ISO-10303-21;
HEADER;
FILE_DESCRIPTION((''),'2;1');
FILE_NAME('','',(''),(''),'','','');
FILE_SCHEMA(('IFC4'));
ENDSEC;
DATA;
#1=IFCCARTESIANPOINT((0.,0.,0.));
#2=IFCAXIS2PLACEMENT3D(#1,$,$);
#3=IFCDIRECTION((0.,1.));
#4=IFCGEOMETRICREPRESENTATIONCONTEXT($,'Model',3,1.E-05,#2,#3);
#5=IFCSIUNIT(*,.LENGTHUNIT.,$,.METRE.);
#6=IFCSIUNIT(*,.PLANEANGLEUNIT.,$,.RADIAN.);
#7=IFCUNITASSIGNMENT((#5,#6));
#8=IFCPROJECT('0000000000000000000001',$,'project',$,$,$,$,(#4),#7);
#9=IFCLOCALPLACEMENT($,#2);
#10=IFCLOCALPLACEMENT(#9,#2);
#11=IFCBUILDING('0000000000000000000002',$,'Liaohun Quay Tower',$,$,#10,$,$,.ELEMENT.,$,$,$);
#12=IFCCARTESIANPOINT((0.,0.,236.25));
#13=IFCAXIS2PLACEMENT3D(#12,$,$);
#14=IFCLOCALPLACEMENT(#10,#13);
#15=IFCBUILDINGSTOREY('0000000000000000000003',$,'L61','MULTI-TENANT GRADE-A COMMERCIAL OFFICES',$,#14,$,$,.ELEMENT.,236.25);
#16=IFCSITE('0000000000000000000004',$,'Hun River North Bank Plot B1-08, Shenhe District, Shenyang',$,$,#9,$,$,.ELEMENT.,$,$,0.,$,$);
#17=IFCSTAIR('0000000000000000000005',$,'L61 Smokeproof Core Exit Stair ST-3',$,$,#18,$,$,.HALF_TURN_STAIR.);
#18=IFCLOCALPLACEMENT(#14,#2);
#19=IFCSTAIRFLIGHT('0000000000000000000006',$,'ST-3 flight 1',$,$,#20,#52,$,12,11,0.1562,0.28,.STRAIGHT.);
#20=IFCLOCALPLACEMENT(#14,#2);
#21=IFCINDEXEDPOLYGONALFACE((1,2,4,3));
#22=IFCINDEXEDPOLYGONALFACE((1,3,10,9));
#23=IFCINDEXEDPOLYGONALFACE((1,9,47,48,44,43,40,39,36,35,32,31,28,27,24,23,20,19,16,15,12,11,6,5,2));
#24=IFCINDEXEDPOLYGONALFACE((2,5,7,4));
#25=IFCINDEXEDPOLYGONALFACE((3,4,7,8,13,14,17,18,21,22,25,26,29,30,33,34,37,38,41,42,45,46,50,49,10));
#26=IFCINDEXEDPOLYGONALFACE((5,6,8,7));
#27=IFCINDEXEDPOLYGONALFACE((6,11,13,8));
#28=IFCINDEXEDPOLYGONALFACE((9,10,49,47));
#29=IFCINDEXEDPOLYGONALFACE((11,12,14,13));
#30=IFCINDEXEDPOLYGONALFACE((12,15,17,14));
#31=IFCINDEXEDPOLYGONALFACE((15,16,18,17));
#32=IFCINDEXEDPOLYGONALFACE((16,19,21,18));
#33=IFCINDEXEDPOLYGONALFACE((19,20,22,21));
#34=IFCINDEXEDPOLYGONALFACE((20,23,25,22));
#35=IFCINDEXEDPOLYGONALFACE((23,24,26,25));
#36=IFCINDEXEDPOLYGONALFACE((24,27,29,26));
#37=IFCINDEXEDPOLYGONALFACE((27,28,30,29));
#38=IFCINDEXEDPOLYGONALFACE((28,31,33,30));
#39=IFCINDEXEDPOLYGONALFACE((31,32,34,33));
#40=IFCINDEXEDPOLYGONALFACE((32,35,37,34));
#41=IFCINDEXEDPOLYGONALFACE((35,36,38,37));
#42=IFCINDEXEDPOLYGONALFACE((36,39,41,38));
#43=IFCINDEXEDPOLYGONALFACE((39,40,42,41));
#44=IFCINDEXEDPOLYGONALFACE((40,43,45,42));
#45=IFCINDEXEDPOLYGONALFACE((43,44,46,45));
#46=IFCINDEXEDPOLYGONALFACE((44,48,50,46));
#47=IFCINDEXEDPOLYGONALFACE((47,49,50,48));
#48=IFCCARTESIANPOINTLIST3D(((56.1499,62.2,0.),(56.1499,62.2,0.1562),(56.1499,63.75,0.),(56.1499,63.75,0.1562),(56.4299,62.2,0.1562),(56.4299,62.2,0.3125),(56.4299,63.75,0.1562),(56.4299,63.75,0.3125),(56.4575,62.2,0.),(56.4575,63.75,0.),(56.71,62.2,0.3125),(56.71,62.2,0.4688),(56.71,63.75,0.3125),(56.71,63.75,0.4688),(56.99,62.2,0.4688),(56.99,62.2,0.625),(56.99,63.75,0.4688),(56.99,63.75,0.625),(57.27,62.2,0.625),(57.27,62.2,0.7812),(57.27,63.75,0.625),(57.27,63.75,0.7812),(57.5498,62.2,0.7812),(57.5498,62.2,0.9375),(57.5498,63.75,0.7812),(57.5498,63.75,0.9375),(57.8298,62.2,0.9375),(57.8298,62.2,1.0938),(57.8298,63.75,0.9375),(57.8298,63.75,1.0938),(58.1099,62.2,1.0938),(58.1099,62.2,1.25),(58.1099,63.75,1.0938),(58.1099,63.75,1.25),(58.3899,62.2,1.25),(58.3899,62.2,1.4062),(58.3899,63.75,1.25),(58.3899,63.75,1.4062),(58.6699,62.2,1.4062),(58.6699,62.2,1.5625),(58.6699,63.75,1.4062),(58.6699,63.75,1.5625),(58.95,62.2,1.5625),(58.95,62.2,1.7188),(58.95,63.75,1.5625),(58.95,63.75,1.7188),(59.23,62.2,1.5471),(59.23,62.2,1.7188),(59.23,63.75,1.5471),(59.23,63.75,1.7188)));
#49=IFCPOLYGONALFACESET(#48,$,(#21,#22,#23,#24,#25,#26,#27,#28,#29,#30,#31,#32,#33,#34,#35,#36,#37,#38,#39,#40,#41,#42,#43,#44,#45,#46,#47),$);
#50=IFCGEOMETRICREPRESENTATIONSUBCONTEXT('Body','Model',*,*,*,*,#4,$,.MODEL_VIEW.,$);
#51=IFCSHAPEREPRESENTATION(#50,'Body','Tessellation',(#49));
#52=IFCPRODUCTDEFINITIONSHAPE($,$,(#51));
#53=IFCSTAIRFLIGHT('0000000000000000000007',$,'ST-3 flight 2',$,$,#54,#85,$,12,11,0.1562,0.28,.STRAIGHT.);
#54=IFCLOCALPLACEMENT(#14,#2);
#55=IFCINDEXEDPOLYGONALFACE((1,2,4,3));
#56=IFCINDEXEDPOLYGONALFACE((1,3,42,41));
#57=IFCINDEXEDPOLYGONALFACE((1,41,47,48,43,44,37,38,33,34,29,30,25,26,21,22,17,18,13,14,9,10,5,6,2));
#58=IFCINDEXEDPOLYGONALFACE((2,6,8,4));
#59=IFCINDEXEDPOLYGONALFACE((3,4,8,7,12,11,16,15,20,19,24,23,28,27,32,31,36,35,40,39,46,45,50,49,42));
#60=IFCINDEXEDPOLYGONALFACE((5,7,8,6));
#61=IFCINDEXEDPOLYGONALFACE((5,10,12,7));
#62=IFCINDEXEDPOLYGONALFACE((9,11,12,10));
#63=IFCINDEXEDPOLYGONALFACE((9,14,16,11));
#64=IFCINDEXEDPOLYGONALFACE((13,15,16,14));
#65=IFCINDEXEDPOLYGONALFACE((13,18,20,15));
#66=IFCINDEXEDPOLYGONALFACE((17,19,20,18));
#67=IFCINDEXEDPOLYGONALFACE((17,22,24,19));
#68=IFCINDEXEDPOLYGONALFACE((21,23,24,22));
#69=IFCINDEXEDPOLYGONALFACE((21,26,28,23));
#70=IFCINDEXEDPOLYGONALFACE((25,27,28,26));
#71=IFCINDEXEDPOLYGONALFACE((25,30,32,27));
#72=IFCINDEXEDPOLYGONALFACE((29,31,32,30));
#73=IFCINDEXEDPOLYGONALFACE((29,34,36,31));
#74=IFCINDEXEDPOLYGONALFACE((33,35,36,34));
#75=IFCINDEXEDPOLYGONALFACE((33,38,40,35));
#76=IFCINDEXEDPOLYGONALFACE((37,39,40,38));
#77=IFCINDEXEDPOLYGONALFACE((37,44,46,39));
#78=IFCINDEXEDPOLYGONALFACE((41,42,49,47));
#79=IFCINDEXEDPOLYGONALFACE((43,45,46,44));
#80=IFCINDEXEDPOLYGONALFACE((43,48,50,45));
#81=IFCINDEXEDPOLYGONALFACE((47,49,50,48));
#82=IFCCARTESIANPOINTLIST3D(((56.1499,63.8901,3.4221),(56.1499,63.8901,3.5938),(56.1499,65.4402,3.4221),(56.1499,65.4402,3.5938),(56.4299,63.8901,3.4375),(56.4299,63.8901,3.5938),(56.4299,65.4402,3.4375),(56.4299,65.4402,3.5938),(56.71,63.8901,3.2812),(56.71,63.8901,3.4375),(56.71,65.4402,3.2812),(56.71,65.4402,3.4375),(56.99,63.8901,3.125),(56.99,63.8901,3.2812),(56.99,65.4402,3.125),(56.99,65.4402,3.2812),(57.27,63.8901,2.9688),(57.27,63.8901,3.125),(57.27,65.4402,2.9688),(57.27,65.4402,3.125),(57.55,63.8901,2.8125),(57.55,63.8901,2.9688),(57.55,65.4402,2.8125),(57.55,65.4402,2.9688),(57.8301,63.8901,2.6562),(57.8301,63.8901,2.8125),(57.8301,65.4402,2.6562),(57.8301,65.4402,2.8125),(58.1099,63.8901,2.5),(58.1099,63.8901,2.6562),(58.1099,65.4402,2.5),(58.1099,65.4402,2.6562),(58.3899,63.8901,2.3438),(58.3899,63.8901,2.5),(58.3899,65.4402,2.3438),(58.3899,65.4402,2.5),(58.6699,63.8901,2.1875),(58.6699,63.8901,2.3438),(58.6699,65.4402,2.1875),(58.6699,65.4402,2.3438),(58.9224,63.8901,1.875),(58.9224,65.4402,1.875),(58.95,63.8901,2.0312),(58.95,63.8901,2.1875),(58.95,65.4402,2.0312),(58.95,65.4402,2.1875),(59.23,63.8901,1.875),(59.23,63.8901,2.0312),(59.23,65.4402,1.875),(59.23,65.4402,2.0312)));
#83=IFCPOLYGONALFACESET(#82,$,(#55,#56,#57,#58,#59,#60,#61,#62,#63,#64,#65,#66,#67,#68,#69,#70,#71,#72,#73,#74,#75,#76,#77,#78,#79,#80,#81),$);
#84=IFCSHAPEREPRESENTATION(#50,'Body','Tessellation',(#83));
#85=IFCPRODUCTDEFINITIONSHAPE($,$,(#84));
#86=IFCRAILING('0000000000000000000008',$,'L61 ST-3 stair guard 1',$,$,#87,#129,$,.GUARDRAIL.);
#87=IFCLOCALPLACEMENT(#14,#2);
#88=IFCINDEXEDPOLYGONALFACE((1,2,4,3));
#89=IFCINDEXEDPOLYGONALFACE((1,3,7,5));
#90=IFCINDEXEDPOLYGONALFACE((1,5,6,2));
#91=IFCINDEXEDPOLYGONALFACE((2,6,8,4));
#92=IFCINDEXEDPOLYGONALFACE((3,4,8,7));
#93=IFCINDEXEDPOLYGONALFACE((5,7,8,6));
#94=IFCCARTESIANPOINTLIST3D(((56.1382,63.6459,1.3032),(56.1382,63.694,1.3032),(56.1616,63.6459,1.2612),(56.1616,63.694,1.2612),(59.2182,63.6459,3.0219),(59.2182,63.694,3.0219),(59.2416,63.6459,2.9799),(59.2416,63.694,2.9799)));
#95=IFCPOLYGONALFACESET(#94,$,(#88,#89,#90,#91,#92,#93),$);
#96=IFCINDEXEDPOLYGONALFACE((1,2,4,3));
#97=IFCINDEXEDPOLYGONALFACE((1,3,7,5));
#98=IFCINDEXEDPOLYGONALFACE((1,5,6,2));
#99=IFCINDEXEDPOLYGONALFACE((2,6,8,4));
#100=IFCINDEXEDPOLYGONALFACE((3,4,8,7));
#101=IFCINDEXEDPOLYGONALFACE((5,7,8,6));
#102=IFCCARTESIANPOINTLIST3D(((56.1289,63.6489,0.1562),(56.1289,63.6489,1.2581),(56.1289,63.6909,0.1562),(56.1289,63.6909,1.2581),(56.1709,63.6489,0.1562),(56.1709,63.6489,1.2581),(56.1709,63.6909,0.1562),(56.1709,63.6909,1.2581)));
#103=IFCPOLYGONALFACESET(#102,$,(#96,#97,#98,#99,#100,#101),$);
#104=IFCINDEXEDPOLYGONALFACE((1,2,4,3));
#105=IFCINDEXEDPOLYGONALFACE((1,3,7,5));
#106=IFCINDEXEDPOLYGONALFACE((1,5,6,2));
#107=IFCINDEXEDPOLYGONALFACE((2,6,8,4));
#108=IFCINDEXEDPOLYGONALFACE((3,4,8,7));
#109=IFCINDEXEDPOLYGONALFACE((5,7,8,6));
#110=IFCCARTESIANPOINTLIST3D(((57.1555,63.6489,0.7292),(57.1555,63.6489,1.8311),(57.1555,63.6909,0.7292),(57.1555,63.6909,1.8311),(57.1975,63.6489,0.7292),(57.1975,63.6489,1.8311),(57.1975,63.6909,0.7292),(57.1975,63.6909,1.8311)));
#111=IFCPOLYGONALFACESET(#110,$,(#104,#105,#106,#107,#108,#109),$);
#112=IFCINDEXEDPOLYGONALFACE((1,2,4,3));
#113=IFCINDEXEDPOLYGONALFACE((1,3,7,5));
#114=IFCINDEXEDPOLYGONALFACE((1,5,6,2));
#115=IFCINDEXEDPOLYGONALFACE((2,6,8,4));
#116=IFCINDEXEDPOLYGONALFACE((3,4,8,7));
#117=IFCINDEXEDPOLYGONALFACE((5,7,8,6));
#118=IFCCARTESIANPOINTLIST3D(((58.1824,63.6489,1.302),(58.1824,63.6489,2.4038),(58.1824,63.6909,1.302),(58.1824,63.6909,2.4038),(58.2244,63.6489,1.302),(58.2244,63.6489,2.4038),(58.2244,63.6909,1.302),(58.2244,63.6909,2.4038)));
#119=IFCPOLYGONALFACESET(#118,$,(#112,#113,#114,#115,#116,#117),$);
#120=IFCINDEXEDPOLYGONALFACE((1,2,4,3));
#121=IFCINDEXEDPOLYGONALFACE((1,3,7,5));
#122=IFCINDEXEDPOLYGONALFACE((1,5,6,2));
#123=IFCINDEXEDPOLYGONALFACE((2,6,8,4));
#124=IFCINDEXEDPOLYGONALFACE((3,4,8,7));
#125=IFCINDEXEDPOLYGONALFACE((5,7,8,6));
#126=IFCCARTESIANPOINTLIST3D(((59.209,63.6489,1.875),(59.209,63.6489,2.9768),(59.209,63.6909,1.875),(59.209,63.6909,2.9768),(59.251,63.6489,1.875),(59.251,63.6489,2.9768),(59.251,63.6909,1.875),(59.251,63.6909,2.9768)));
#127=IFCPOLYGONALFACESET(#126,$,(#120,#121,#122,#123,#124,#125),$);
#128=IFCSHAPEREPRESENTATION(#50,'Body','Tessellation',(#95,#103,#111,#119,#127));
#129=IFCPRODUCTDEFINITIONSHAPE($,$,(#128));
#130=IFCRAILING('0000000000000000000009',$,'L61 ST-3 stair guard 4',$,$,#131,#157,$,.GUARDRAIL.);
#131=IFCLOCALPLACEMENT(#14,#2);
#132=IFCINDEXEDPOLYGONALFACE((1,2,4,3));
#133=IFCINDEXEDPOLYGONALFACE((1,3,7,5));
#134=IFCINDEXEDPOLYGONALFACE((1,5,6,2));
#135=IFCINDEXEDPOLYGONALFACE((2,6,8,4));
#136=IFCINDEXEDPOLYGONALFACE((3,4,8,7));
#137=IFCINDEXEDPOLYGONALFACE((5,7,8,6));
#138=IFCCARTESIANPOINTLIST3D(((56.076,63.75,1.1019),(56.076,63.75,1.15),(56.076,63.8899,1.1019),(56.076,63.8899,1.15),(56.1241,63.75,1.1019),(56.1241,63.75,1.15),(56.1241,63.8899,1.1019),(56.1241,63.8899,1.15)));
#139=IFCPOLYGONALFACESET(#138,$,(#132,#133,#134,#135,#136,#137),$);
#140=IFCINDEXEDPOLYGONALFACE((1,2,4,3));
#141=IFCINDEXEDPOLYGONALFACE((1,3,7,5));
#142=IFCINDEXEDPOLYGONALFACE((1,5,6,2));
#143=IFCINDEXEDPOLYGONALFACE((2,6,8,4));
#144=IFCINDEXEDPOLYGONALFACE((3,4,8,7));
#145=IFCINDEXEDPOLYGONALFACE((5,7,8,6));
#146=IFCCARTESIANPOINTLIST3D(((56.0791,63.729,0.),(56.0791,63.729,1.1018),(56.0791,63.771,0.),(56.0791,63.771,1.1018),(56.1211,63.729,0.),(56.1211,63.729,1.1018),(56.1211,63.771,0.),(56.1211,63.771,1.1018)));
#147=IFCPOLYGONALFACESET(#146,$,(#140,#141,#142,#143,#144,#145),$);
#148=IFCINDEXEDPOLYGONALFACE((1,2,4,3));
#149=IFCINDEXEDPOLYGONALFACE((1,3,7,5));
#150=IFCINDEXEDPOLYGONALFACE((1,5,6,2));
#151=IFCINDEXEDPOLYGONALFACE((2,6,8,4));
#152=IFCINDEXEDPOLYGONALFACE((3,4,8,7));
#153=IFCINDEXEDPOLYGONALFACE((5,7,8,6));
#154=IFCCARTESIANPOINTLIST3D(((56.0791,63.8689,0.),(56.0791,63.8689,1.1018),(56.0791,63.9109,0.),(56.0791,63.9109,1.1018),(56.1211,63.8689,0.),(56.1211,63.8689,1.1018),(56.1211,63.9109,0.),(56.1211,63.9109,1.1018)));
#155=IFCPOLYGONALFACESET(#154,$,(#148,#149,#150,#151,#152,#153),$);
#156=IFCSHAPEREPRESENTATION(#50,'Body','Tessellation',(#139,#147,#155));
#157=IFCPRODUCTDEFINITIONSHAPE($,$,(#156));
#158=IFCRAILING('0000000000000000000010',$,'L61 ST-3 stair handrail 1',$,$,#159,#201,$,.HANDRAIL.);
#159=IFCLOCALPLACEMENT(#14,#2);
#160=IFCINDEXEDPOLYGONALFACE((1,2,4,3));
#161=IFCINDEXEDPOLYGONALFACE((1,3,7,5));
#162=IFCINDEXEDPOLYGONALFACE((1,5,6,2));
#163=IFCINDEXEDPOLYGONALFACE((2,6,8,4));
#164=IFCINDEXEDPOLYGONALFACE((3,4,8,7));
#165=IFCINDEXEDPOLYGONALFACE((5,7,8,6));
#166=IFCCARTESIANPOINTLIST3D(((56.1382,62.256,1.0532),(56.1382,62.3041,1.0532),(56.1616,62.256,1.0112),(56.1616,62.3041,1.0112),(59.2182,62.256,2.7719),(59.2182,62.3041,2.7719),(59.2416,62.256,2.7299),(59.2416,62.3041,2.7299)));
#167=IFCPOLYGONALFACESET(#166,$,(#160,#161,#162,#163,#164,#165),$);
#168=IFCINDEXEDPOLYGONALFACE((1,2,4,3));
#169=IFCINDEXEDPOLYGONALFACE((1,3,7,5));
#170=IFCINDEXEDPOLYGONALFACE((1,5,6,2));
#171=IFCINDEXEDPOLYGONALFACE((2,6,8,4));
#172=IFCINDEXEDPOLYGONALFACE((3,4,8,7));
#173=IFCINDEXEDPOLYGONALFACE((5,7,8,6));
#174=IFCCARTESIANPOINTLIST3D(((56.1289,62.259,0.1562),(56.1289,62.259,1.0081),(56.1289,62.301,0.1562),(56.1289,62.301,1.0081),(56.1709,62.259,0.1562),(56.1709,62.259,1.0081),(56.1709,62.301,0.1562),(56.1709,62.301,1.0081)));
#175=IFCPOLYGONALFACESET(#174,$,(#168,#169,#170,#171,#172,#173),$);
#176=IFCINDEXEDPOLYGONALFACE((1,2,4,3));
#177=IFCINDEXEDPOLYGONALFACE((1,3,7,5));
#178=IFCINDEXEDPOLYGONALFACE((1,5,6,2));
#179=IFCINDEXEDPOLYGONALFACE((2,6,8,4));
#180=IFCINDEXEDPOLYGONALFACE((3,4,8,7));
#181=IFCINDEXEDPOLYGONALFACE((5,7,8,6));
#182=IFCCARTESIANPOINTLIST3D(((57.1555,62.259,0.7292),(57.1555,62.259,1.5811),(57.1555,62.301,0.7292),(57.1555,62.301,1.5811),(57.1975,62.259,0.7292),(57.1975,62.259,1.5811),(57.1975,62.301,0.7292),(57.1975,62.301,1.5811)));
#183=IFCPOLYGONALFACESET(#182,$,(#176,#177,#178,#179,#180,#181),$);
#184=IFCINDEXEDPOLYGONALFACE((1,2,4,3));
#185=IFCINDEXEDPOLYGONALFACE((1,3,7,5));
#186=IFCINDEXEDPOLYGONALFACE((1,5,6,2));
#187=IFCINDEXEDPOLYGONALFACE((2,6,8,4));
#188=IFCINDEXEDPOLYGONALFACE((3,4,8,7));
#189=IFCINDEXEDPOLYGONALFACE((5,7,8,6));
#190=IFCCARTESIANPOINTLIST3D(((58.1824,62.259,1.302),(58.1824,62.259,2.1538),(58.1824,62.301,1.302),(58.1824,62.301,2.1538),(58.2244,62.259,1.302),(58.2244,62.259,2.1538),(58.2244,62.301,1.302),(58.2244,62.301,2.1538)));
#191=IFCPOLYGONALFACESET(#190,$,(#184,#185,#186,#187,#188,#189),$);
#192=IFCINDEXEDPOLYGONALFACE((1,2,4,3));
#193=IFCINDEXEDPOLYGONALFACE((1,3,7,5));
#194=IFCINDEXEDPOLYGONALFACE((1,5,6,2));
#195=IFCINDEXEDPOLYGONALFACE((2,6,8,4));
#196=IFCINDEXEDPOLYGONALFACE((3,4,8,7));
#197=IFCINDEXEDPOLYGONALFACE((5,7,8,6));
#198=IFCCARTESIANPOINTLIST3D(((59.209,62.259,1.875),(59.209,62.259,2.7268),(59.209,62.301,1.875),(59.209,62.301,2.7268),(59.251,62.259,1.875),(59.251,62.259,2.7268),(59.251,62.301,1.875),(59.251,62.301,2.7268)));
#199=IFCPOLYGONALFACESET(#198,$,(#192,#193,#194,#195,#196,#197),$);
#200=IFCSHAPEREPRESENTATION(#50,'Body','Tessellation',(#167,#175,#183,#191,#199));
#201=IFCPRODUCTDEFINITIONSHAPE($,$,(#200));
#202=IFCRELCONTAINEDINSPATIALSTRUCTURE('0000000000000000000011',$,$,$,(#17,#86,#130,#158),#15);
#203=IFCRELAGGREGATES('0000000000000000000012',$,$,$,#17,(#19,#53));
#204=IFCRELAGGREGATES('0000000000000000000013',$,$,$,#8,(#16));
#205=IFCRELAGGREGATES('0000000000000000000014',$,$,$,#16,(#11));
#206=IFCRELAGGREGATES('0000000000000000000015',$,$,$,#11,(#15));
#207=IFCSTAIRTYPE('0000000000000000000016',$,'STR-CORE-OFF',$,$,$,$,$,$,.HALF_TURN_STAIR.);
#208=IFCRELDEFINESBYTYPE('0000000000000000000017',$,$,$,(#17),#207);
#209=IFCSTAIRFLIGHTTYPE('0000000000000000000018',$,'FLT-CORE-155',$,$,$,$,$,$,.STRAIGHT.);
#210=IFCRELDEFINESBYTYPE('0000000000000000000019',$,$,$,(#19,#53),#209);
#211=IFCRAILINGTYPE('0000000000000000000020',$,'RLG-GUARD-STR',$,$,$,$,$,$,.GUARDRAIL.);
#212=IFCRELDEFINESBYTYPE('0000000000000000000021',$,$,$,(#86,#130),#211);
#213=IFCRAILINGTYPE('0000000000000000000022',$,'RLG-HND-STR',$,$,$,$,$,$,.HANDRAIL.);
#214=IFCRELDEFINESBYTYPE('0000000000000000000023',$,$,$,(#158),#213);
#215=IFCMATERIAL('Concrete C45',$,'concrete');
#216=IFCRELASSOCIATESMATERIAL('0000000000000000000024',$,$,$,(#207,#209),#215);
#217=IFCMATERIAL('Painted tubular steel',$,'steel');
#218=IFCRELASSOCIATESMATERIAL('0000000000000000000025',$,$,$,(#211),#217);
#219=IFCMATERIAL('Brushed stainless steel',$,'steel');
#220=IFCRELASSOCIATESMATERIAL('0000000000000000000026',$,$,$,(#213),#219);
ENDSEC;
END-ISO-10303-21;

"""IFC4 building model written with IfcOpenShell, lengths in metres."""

from ifc_helpers import new_model, si_unit, direction, frame, origin, origin_2d, place, context, subcontext, project, spatial, polyline, rectangle, outline, extrude, material, type_object, element, aggregate, save


model = new_model("IFC4")

# Units and contexts
model_context = context("Model", 3, precision=1e-05, world=origin(), true_north=direction((0.0, 1.0)))
body_context = subcontext(model_context, "Body", "Model", "MODEL_VIEW")
ifc_project = project(units=[si_unit("LENGTHUNIT", "METRE"), si_unit("PLANEANGLEUNIT", "RADIAN")], contexts=[model_context])

# Site, building, storey
site_placement = place(None, origin())
site = spatial("IfcSite", under=ifc_project, at=site_placement, Name="Hun River North Bank Plot B1-08, Shenhe District, Shenyang", CompositionType="ELEMENT", RefElevation=0.0)
building_placement = place(site_placement, origin())
building = spatial("IfcBuilding", under=site, at=building_placement, Name="Liaohun Quay Tower", CompositionType="ELEMENT")
storey_placement = place(building_placement, frame((0.0, 0.0, 236.25)))
storey = spatial("IfcBuildingStorey", under=building, at=storey_placement, Name="L61", Description="MULTI-TENANT GRADE-A COMMERCIAL OFFICES", CompositionType="ELEMENT", Elevation=236.25)

# Stair, stair flights
ifc_material_1 = material(Name="Concrete C45", Category="concrete")
stair_type = type_object("IfcStairType", Name="STR-CORE-OFF", PredefinedType="HALF_TURN_STAIR", material=ifc_material_1)
stair_placement = place(storey_placement, origin())
stair = element("IfcStair", 1, at=stair_placement, inside=storey, type_object=stair_type, Name="L61 Smokeproof Core Exit Stair ST-3", PredefinedType="HALF_TURN_STAIR")
stair_flight_type = type_object("IfcStairFlightType", Name="FLT-CORE-155", PredefinedType="STRAIGHT", material=ifc_material_1)
stair_flight_1_placement = place(storey_placement, frame((56.1499, 62.9751, 0.0), z_axis=(0.0, 0.0, 1.0), x_axis=(1.0, 0.0, 0.0)))
stair_flight_1 = element("IfcStairFlight", 2, at=stair_flight_1_placement, type_object=stair_flight_type, Name="ST-3 flight 1", NumberOfRisers=12, NumberOfTreads=11, PredefinedType="STRAIGHT", RiserHeight=0.1562, TreadLength=0.28, context=body_context, shape_type="SweptSolid", body=[
    extrude(outline(polyline([(0.0, 0.0), (0.0, 0.1562), (0.28, 0.1562), (0.28, 0.3125), (0.5601, 0.3125), (0.5601, 0.4688), (0.8401, 0.4688), (0.8401, 0.625), (1.1201, 0.625), (1.1201, 0.7812), (1.3999, 0.7812), (1.3999, 0.9375), (1.6799, 0.9375), (1.6799, 1.0938), (1.96, 1.0938), (1.96, 1.25), (2.24, 1.25), (2.24, 1.4062), (2.52, 1.4062), (2.52, 1.5625), (2.8, 1.5625), (2.8, 1.7188), (3.0801, 1.7188), (3.0801, 1.875), (3.0801, 1.5471), (0.3076, 0.0), (0.0, 0.0)])), frame((0.0, 0.7749, 0.0), z_axis=(0.0, -1.0, 0.0), x_axis=(1.0, 0.0, 0.0)), (0.0, 0.0, 1.0), 1.55),
])
stair_flight_2_placement = place(storey_placement, frame((59.23, 64.665, 1.875), z_axis=(0.0, 0.0, 1.0), x_axis=(-1.0, 0.0, 0.0)))
stair_flight_2 = element("IfcStairFlight", 3, at=stair_flight_2_placement, type_object=stair_flight_type, Name="ST-3 flight 2", NumberOfRisers=12, NumberOfTreads=11, PredefinedType="STRAIGHT", RiserHeight=0.1562, TreadLength=0.28, context=body_context, shape_type="SweptSolid", body=[
    extrude(outline(polyline([(0.0, 0.0), (0.0, 0.1562), (0.28, 0.1562), (0.28, 0.3125), (0.5601, 0.3125), (0.5601, 0.4688), (0.8401, 0.4688), (0.8401, 0.625), (1.1201, 0.625), (1.1201, 0.7812), (1.3999, 0.7812), (1.3999, 0.9375), (1.6799, 0.9375), (1.6799, 1.0938), (1.96, 1.0938), (1.96, 1.25), (2.24, 1.25), (2.24, 1.4062), (2.52, 1.4062), (2.52, 1.5625), (2.8, 1.5625), (2.8, 1.7188), (3.0801, 1.7188), (3.0801, 1.875), (3.0801, 1.5471), (0.3076, 0.0), (0.0, 0.0)])), frame((0.0, 0.7749, 0.0), z_axis=(0.0, -1.0, 0.0), x_axis=(1.0, 0.0, 0.0)), (0.0, 0.0, 1.0), 1.55),
])
aggregate(stair, [stair_flight_1, stair_flight_2])

# Railings
ifc_material_2 = material(Name="Painted tubular steel", Category="steel")
railing_type_1 = type_object("IfcRailingType", Name="RLG-GUARD-STR", PredefinedType="GUARDRAIL", material=ifc_material_2)
railing_1_placement = place(storey_placement, frame((56.1499, 63.6699, 0.1562)))
element("IfcRailing", 4, at=railing_1_placement, inside=storey, type_object=railing_type_1, Name="L61 ST-3 stair guard 1", PredefinedType="GUARDRAIL", context=body_context, shape_type="SweptSolid", body=[
    extrude(rectangle(XDim=0.0481, YDim=0.0481, at=origin_2d()), frame((0.0, 0.0, 1.126), z_axis=(0.873242, 0.0, 0.487288), x_axis=(0.0, 1.0, 0.0)), (0.0, 0.0, 1.0), 3.5271),
    extrude(rectangle(XDim=0.042, YDim=0.042, at=origin_2d()), origin(), (0.0, 0.0, 1.0), 1.1018),
    extrude(rectangle(XDim=0.042, YDim=0.042, at=origin_2d()), frame((1.0266, 0.0, 0.573)), (0.0, 0.0, 1.0), 1.1018),
    extrude(rectangle(XDim=0.042, YDim=0.042, at=origin_2d()), frame((2.0535, 0.0, 1.1458)), (0.0, 0.0, 1.0), 1.1018),
    extrude(rectangle(XDim=0.042, YDim=0.042, at=origin_2d()), frame((3.0801, 0.0, 1.7188)), (0.0, 0.0, 1.0), 1.1018),
])
railing_2_placement = place(storey_placement, frame((56.1001, 63.75, 0.0)))
element("IfcRailing", 5, at=railing_2_placement, inside=storey, type_object=railing_type_1, Name="L61 ST-3 stair guard 4", PredefinedType="GUARDRAIL", context=body_context, shape_type="SweptSolid", body=[
    extrude(rectangle(XDim=0.0481, YDim=0.0481, at=origin_2d()), frame((0.0, 0.0, 1.126), z_axis=(0.0, 1.0, 0.0), x_axis=(-1.0, 0.0, 0.0)), (0.0, 0.0, 1.0), 0.1399),
    extrude(rectangle(XDim=0.042, YDim=0.042, at=origin_2d()), origin(), (0.0, 0.0, 1.0), 1.1018),
    extrude(rectangle(XDim=0.042, YDim=0.042, at=origin_2d()), frame((0.0, 0.1399, 0.0)), (0.0, 0.0, 1.0), 1.1018),
])
ifc_material_3 = material(Name="Brushed stainless steel", Category="steel")
railing_type_2 = type_object("IfcRailingType", Name="RLG-HND-STR", PredefinedType="HANDRAIL", material=ifc_material_3)
railing_3_placement = place(storey_placement, frame((56.1499, 62.28, 0.1562)))
element("IfcRailing", 6, at=railing_3_placement, inside=storey, type_object=railing_type_2, Name="L61 ST-3 stair handrail 1", PredefinedType="HANDRAIL", context=body_context, shape_type="SweptSolid", body=[
    extrude(rectangle(XDim=0.0481, YDim=0.0481, at=origin_2d()), frame((0.0, 0.0, 0.876), z_axis=(0.873242, 0.0, 0.487288), x_axis=(0.0, 1.0, 0.0)), (0.0, 0.0, 1.0), 3.5271),
    extrude(rectangle(XDim=0.042, YDim=0.042, at=origin_2d()), origin(), (0.0, 0.0, 1.0), 0.8518),
    extrude(rectangle(XDim=0.042, YDim=0.042, at=origin_2d()), frame((1.0266, 0.0, 0.573)), (0.0, 0.0, 1.0), 0.8518),
    extrude(rectangle(XDim=0.042, YDim=0.042, at=origin_2d()), frame((2.0535, 0.0, 1.1458)), (0.0, 0.0, 1.0), 0.8518),
    extrude(rectangle(XDim=0.042, YDim=0.042, at=origin_2d()), frame((3.0801, 0.0, 1.7188)), (0.0, 0.0, 1.0), 0.8518),
])

save(model, "model.ifc")
